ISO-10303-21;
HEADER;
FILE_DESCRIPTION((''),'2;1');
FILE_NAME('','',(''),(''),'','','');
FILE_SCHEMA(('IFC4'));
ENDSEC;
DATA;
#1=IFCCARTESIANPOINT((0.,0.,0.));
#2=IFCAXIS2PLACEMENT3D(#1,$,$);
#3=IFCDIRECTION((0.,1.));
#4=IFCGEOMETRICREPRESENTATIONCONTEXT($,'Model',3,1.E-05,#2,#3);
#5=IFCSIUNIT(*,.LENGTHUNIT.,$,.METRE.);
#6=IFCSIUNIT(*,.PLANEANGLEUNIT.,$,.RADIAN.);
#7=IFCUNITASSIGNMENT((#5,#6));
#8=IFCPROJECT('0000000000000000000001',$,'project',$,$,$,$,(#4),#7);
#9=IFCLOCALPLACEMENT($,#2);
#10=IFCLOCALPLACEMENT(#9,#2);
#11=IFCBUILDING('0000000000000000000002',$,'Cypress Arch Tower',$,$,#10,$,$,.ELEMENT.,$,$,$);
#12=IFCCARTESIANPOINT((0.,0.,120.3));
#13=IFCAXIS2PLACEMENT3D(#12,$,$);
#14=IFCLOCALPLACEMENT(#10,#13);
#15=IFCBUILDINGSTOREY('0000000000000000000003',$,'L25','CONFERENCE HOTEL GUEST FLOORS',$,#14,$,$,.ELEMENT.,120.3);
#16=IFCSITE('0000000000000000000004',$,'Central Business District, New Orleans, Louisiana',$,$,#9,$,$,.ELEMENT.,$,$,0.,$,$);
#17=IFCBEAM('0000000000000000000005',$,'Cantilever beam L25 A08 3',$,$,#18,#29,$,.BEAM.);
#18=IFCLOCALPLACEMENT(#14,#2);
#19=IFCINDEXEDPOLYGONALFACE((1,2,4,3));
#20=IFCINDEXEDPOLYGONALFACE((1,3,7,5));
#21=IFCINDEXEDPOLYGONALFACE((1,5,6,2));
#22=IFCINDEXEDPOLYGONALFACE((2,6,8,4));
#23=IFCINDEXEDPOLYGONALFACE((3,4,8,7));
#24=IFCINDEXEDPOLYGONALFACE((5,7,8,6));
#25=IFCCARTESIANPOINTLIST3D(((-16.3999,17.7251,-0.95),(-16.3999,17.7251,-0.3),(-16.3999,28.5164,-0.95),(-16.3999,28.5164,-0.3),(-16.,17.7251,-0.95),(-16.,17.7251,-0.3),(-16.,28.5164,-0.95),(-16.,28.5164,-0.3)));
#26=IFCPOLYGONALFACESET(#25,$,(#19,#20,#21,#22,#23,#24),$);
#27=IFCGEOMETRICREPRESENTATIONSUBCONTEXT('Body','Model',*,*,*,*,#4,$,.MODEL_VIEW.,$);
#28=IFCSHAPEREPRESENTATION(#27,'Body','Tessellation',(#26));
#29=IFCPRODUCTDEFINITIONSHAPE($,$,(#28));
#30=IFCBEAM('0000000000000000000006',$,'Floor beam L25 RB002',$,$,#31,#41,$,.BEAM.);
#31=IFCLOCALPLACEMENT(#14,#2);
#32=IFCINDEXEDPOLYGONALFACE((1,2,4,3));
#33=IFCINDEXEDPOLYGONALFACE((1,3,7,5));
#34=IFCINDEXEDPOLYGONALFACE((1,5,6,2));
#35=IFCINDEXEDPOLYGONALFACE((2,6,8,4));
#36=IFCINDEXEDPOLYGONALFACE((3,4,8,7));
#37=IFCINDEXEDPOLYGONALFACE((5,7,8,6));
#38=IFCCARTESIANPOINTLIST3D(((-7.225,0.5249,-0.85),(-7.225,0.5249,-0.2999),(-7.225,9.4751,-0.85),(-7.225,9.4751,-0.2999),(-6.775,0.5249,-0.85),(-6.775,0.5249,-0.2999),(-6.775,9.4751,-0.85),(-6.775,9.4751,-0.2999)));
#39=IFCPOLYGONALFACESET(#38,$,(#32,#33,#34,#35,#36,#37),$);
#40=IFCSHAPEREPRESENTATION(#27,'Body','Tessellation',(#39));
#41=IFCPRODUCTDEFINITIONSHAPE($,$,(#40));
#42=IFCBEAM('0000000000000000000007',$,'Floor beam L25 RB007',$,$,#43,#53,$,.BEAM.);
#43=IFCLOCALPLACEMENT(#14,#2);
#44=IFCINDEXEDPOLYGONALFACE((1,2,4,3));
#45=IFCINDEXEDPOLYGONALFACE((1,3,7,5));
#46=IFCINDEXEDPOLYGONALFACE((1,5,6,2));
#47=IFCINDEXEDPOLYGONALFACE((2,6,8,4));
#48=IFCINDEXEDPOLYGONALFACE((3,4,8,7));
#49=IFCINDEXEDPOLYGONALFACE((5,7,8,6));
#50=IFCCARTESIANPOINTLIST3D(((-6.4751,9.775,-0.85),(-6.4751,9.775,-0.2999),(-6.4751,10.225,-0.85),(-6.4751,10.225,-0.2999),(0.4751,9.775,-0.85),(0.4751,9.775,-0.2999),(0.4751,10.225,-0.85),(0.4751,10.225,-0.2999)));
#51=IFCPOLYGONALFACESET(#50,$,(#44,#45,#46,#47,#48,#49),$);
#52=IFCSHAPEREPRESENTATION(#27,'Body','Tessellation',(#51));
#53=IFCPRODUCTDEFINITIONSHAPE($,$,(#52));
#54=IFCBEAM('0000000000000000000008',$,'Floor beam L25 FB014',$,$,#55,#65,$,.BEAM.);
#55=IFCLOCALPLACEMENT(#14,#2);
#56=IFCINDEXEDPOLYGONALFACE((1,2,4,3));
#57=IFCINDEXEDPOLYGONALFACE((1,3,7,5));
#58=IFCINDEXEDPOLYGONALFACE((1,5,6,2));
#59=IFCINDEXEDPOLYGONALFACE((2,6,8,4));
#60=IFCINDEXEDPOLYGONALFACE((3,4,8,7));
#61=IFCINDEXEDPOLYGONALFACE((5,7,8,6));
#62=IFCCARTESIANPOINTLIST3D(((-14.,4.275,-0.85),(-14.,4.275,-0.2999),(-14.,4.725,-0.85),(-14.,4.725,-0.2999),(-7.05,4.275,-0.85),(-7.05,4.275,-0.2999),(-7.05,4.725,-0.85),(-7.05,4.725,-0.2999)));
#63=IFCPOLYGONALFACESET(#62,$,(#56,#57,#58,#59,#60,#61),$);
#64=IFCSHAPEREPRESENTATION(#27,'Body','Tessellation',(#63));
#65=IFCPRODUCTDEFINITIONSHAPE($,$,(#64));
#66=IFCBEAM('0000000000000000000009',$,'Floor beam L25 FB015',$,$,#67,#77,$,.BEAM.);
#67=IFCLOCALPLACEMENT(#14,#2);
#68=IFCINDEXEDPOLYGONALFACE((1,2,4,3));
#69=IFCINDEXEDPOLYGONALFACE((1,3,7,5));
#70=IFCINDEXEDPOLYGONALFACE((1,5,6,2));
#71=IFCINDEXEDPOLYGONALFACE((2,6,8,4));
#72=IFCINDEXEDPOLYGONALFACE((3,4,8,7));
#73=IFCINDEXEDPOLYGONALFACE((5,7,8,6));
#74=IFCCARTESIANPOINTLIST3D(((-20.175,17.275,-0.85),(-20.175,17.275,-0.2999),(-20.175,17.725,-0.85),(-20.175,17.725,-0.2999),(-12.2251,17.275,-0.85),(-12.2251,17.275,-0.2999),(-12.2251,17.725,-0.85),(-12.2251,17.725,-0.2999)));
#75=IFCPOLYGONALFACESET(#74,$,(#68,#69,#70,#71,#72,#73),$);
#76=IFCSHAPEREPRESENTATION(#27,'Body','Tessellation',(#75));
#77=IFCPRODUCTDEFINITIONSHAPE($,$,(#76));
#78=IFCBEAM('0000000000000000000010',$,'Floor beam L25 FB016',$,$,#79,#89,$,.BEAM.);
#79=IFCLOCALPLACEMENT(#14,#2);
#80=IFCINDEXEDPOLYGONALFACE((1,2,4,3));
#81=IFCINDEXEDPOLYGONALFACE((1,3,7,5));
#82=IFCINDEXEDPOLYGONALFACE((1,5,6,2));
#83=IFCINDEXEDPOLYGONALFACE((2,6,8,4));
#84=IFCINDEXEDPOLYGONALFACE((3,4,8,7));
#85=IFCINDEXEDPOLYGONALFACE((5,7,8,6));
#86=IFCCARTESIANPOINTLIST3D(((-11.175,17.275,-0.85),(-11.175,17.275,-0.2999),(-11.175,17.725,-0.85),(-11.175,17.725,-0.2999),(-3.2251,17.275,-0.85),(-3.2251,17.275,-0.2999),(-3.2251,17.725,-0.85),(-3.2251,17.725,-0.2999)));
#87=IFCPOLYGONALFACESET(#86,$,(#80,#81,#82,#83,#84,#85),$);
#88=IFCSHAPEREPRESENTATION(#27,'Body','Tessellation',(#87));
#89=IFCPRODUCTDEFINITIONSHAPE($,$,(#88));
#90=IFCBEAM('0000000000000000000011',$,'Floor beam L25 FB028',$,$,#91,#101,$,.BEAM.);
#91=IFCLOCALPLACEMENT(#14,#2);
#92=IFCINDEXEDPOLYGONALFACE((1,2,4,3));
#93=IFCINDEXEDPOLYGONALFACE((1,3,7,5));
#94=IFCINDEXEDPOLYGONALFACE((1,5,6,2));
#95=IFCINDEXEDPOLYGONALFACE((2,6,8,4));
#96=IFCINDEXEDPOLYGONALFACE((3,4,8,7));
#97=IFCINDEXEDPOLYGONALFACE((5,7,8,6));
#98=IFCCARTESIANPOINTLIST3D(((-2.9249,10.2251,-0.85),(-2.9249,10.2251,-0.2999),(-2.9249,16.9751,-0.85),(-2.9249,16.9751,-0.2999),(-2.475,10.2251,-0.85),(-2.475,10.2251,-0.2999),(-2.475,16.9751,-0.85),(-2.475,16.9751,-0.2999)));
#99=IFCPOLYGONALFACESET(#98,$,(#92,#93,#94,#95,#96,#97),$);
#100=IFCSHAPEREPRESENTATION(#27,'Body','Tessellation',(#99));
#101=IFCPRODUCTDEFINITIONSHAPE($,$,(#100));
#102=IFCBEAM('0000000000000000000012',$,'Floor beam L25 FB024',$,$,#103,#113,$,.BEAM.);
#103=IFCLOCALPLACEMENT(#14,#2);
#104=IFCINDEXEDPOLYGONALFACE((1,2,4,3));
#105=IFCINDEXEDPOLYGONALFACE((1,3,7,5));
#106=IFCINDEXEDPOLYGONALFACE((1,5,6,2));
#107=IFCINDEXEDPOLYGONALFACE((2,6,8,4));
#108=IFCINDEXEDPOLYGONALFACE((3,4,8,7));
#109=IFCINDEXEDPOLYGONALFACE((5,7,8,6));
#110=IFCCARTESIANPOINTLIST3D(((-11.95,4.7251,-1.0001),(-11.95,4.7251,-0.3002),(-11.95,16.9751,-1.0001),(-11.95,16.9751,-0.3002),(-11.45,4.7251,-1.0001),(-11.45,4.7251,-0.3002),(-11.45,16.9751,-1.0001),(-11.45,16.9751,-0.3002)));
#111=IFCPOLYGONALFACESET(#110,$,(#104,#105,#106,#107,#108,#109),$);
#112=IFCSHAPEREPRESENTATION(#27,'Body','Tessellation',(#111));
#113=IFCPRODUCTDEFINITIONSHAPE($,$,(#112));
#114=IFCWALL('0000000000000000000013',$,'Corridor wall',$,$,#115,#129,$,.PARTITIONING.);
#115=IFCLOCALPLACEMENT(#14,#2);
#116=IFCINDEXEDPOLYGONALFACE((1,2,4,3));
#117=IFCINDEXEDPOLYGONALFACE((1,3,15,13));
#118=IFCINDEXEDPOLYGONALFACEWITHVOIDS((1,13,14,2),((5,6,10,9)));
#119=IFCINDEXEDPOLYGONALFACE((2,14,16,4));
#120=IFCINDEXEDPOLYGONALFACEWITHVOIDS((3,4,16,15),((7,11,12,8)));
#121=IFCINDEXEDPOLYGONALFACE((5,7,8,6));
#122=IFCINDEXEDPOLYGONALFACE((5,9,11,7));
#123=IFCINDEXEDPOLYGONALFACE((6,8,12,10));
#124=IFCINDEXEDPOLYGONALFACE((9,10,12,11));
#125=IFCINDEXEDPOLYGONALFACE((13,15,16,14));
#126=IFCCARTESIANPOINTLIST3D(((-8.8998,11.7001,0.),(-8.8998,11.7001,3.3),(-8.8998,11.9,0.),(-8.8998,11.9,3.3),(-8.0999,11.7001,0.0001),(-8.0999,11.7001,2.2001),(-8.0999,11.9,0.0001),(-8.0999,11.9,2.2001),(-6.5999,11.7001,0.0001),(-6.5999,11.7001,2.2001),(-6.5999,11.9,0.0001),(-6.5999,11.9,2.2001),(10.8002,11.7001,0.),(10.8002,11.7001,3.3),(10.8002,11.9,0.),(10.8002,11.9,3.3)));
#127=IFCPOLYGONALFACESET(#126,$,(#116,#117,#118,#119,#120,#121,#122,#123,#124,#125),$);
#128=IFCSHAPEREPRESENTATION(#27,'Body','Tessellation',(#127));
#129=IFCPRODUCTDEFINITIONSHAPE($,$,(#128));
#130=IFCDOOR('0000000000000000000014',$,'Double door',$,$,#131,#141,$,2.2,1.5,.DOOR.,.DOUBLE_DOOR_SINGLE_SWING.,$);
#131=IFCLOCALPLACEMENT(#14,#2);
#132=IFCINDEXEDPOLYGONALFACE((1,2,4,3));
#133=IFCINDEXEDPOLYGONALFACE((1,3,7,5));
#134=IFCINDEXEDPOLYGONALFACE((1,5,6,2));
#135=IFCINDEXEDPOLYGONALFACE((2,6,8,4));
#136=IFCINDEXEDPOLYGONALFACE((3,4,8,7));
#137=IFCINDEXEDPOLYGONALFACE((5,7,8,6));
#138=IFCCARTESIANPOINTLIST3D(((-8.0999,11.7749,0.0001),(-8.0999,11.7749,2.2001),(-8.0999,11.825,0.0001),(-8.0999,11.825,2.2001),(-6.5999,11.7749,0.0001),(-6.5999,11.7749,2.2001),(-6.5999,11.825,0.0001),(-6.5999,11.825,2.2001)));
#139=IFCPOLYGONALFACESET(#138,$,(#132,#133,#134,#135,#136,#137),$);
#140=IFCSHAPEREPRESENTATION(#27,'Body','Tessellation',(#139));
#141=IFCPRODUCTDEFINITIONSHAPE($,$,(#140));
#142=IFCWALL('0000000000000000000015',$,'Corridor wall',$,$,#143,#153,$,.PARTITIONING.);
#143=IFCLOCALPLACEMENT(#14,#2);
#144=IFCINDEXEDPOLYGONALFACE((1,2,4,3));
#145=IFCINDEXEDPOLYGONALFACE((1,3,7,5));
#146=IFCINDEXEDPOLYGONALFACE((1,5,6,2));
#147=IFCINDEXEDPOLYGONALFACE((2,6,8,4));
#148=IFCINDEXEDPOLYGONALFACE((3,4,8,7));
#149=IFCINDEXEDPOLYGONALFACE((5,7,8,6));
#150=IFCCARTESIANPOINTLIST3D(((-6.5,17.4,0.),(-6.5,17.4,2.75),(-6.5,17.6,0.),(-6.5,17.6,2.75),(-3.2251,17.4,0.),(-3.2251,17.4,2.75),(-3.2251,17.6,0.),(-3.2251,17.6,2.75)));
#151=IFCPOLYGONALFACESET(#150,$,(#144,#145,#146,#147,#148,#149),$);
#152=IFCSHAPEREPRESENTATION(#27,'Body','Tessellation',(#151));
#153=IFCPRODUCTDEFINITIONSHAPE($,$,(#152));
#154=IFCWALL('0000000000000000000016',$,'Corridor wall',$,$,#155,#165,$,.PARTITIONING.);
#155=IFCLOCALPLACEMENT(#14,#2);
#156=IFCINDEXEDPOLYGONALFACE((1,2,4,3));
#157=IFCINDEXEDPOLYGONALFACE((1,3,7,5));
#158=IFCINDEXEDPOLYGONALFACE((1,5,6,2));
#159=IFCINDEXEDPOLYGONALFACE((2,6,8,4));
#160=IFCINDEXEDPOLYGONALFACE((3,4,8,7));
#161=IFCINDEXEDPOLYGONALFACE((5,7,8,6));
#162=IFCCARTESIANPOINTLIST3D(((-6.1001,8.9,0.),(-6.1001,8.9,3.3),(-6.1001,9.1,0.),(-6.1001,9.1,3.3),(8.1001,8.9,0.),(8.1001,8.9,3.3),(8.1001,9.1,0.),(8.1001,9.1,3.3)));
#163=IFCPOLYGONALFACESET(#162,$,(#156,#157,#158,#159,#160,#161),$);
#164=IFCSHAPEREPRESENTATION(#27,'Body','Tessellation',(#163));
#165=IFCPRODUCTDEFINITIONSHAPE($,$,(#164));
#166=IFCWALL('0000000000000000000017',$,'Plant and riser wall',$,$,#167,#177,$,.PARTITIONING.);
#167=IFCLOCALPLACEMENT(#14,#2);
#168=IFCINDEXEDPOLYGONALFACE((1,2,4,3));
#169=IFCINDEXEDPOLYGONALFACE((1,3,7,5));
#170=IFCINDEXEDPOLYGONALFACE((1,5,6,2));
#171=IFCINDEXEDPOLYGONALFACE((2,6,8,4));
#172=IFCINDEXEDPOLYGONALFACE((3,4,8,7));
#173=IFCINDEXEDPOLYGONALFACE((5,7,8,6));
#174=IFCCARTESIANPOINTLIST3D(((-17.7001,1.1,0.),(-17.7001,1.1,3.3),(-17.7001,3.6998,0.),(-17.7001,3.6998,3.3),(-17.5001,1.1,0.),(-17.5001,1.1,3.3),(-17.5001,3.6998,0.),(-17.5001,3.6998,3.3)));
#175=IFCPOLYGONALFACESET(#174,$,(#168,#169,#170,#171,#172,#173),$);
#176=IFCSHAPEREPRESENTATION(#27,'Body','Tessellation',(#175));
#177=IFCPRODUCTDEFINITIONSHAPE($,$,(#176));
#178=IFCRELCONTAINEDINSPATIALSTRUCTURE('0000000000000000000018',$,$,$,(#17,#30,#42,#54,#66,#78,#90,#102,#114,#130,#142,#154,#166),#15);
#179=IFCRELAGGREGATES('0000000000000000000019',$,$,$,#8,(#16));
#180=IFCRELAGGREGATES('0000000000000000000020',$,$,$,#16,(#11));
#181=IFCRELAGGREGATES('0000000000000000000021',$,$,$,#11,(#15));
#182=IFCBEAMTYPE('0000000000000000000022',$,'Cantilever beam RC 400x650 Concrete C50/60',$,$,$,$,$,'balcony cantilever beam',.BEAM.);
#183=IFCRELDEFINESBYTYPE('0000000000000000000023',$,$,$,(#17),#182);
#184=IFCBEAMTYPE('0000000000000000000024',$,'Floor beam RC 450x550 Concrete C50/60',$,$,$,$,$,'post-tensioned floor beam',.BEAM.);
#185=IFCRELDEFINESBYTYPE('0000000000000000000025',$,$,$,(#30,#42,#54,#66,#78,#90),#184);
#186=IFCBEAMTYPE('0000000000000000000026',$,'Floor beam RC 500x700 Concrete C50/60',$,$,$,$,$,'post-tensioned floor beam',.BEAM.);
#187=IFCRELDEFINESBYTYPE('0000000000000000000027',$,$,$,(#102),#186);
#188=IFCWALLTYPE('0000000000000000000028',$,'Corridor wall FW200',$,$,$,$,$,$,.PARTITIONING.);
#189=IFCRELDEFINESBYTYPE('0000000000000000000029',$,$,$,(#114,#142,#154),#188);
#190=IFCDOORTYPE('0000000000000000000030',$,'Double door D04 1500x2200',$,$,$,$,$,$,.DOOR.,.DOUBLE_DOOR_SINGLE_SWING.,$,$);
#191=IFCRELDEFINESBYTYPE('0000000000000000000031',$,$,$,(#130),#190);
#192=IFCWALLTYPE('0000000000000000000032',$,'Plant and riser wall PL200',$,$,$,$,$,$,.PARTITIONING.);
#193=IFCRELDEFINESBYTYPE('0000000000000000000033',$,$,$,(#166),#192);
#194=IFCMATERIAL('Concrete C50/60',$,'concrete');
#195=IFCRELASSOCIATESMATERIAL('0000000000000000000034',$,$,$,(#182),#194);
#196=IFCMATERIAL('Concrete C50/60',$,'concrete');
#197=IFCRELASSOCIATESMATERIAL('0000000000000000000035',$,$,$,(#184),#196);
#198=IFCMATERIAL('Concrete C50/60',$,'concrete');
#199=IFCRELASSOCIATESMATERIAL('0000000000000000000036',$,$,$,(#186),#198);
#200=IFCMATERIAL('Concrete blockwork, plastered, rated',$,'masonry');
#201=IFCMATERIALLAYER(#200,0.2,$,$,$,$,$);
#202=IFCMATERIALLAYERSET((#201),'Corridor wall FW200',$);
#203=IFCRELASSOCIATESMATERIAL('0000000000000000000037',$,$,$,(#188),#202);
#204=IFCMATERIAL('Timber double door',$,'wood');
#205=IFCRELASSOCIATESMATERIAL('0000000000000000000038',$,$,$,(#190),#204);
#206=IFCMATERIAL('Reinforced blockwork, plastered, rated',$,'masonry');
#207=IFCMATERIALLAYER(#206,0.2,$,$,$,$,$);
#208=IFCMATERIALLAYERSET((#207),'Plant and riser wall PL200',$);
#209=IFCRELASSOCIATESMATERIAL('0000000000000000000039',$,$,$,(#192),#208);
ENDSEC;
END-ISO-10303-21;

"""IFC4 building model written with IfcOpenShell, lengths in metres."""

from ifc_helpers import new_model, si_unit, direction, frame, frame_2d, origin, origin_2d, place, context, subcontext, project, spatial, rectangle, extrude, material, layer, layer_set, material_profile, profile_set, type_object, element, fill, save


model = new_model("IFC4")

# Units and contexts
model_context = context("Model", 3, precision=1e-05, world=origin(), true_north=direction((0.0, 1.0)))
body_context = subcontext(model_context, "Body", "Model", "MODEL_VIEW")
ifc_project = project(units=[si_unit("LENGTHUNIT", "METRE"), si_unit("PLANEANGLEUNIT", "RADIAN")], contexts=[model_context])

# Site, building, storey
site_placement = place(None, origin())
site = spatial("IfcSite", under=ifc_project, at=site_placement, Name="Central Business District, New Orleans, Louisiana", CompositionType="ELEMENT", RefElevation=0.0)
building_placement = place(site_placement, origin())
building = spatial("IfcBuilding", under=site, at=building_placement, Name="Cypress Arch Tower", CompositionType="ELEMENT")
storey_placement = place(building_placement, frame((0.0, 0.0, 120.3)))
storey = spatial("IfcBuildingStorey", under=building, at=storey_placement, Name="L25", Description="CONFERENCE HOTEL GUEST FLOORS", CompositionType="ELEMENT", Elevation=120.3)

# Beams
ifc_material_1 = material(Name="Concrete C50/60", Category="concrete")
ifc_material_profile_1 = material_profile(ifc_material_1, rectangle(XDim=0.3999, YDim=0.6499, at=origin_2d()), Name="RC 400x650")
ifc_profile_set_1 = profile_set([ifc_material_profile_1], Name="Concrete C50/60")
beam_type_1 = type_object("IfcBeamType", Name="Cantilever beam RC 400x650 Concrete C50/60", ElementType="balcony cantilever beam", PredefinedType="BEAM", material=ifc_profile_set_1)
beam_1_placement = place(storey_placement, frame((-16.2, 17.7251, -0.625), z_axis=(0.0, 1.0, 0.0), x_axis=(-1.0, 0.0, 0.0)))
element("IfcBeam", 1, at=beam_1_placement, inside=storey, type_object=beam_type_1, Name="Cantilever beam L25 A08 3", PredefinedType="BEAM", context=body_context, shape_type="SweptSolid", body=[
    extrude(rectangle(XDim=0.3999, YDim=0.6499, at=origin_2d()), origin(), (0.0, 0.0, 1.0), 10.7913),
])
ifc_material_2 = material(Name="Concrete C50/60", Category="concrete")
ifc_material_profile_2 = material_profile(ifc_material_2, rectangle(XDim=0.45, YDim=0.55, at=origin_2d()), Name="RC 450x550")
ifc_profile_set_2 = profile_set([ifc_material_profile_2], Name="Concrete C50/60")
beam_type_2 = type_object("IfcBeamType", Name="Floor beam RC 450x550 Concrete C50/60", ElementType="post-tensioned floor beam", PredefinedType="BEAM", material=ifc_profile_set_2)
beam_2_placement = place(storey_placement, frame((-7.0, 0.5249, -0.575), z_axis=(0.0, 1.0, 0.0), x_axis=(-1.0, 0.0, 0.0)))
element("IfcBeam", 2, at=beam_2_placement, inside=storey, type_object=beam_type_2, Name="Floor beam L25 RB002", PredefinedType="BEAM", context=body_context, shape_type="SweptSolid", body=[
    extrude(rectangle(XDim=0.45, YDim=0.55, at=origin_2d()), origin(), (0.0, 0.0, 1.0), 8.9502),
])
beam_3_placement = place(storey_placement, frame((-6.4751, 10.0, -0.575), z_axis=(1.0, 0.0, 0.0), x_axis=(0.0, 1.0, 0.0)))
element("IfcBeam", 3, at=beam_3_placement, inside=storey, type_object=beam_type_2, Name="Floor beam L25 RB007", PredefinedType="BEAM", context=body_context, shape_type="SweptSolid", body=[
    extrude(rectangle(XDim=0.45, YDim=0.55, at=origin_2d()), origin(), (0.0, 0.0, 1.0), 6.9502),
])
beam_4_placement = place(storey_placement, frame((-14.0, 4.5, -0.575), z_axis=(1.0, 0.0, 0.0), x_axis=(0.0, 1.0, 0.0)))
element("IfcBeam", 4, at=beam_4_placement, inside=storey, type_object=beam_type_2, Name="Floor beam L25 FB014", PredefinedType="BEAM", context=body_context, shape_type="SweptSolid", body=[
    extrude(rectangle(XDim=0.45, YDim=0.55, at=origin_2d()), origin(), (0.0, 0.0, 1.0), 6.95),
])
for number, where, z_axis, x_axis, name in (
    (5, (-20.175, 17.5, -0.575), (1.0, 0.0, 0.0), (0.0, 1.0, 0.0), "Floor beam L25 FB015"),
    (6, (-11.175, 17.5, -0.575), (1.0, 0.0, 0.0), (0.0, 1.0, 0.0), "Floor beam L25 FB016"),
):
    element("IfcBeam", number, at=place(storey_placement, frame(where, z_axis=z_axis, x_axis=x_axis)), inside=storey, type_object=beam_type_2, Name=name, PredefinedType="BEAM", context=body_context, shape_type="SweptSolid", body=[
        extrude(rectangle(XDim=0.45, YDim=0.55, at=origin_2d()), origin(), (0.0, 0.0, 1.0), 7.95),
    ])
beam_5_placement = place(storey_placement, frame((-2.7, 10.2251, -0.575), z_axis=(0.0, 1.0, 0.0), x_axis=(-1.0, 0.0, 0.0)))
element("IfcBeam", 7, at=beam_5_placement, inside=storey, type_object=beam_type_2, Name="Floor beam L25 FB028", PredefinedType="BEAM", context=body_context, shape_type="SweptSolid", body=[
    extrude(rectangle(XDim=0.45, YDim=0.55, at=origin_2d()), origin(), (0.0, 0.0, 1.0), 6.75),
])
ifc_material_3 = material(Name="Concrete C50/60", Category="concrete")
ifc_material_profile_3 = material_profile(ifc_material_3, rectangle(XDim=0.5, YDim=0.7, at=origin_2d()), Name="RC 500x700")
ifc_profile_set_3 = profile_set([ifc_material_profile_3], Name="Concrete C50/60")
beam_type_3 = type_object("IfcBeamType", Name="Floor beam RC 500x700 Concrete C50/60", ElementType="post-tensioned floor beam", PredefinedType="BEAM", material=ifc_profile_set_3)
beam_6_placement = place(storey_placement, frame((-11.7, 4.7251, -0.6501), z_axis=(0.0, 1.0, 0.0), x_axis=(-1.0, 0.0, 0.0)))
element("IfcBeam", 8, at=beam_6_placement, inside=storey, type_object=beam_type_3, Name="Floor beam L25 FB024", PredefinedType="BEAM", context=body_context, shape_type="SweptSolid", body=[
    extrude(rectangle(XDim=0.5, YDim=0.7, at=origin_2d()), origin(), (0.0, 0.0, 1.0), 12.25),
])

# Shared definitions
ifc_material_4 = material(Name="Concrete blockwork, plastered, rated", Category="masonry")
ifc_layer_1 = layer(ifc_material_4, 0.2)
ifc_layer_set_1 = layer_set([ifc_layer_1], Name="Corridor wall FW200")
wall_type_1 = type_object("IfcWallType", Name="Corridor wall FW200", PredefinedType="PARTITIONING", material=ifc_layer_set_1)

# Wall, opening, door
wall_1_placement = place(storey_placement, frame((-8.8999, 11.8, 0.0), z_axis=(0.0, 0.0, 1.0), x_axis=(1.0, 0.0, 0.0)))
wall_1 = element("IfcWall", 9, at=wall_1_placement, inside=storey, type_object=wall_type_1, Name="Corridor wall", PredefinedType="PARTITIONING", context=body_context, shape_type="SweptSolid", body=[
    extrude(rectangle(XDim=19.7, YDim=0.2, at=frame_2d((9.8501, 0.0))), origin(), (0.0, 0.0, 1.0), 3.3),
])
opening_1_placement = place(wall_1_placement, frame((0.8, 0.0, 0.0)))
opening_1 = element("IfcOpeningElement", 10, at=opening_1_placement, cuts=wall_1, PredefinedType="OPENING", context=body_context, shape_type="SweptSolid", body=[
    extrude(rectangle(XDim=1.5, YDim=2.2, at=frame_2d((0.75, 1.1001))), frame((0.0, 0.1099, 0.0), z_axis=(0.0, -1.0, 0.0), x_axis=(1.0, 0.0, 0.0)), (0.0, 0.0, 1.0), 0.22),
])
ifc_material_5 = material(Name="Timber double door", Category="wood")
door_type_1 = type_object("IfcDoorType", Name="Double door D04 1500x2200", OperationType="DOUBLE_DOOR_SINGLE_SWING", PredefinedType="DOOR", material=ifc_material_5)
door_1_placement = place(opening_1_placement, origin())
door_1 = element("IfcDoor", 11, at=door_1_placement, inside=storey, type_object=door_type_1, Name="Double door", OperationType="DOUBLE_DOOR_SINGLE_SWING", OverallHeight=2.2, OverallWidth=1.5, PredefinedType="DOOR", context=body_context, shape_type="SweptSolid", body=[
    extrude(rectangle(XDim=1.5, YDim=2.2, at=frame_2d((0.75, 1.1001))), frame((0.0, 0.0249, 0.0), z_axis=(0.0, -1.0, 0.0), x_axis=(1.0, 0.0, 0.0)), (0.0, 0.0, 1.0), 0.05),
])
fill(opening_1, door_1)

# Walls
wall_2_placement = place(storey_placement, frame((-6.5, 17.5, 0.0), z_axis=(0.0, 0.0, 1.0), x_axis=(1.0, 0.0, 0.0)))
element("IfcWall", 12, at=wall_2_placement, inside=storey, type_object=wall_type_1, Name="Corridor wall", PredefinedType="PARTITIONING", context=body_context, shape_type="SweptSolid", body=[
    extrude(rectangle(XDim=3.2749, YDim=0.2, at=frame_2d((1.6375, 0.0))), origin(), (0.0, 0.0, 1.0), 2.75),
])
wall_3_placement = place(storey_placement, frame((-6.1001, 9.0, 0.0), z_axis=(0.0, 0.0, 1.0), x_axis=(1.0, 0.0, 0.0)))
element("IfcWall", 13, at=wall_3_placement, inside=storey, type_object=wall_type_1, Name="Corridor wall", PredefinedType="PARTITIONING", context=body_context, shape_type="SweptSolid", body=[
    extrude(rectangle(XDim=14.2002, YDim=0.2, at=frame_2d((7.1001, 0.0))), origin(), (0.0, 0.0, 1.0), 3.3),
])
ifc_material_6 = material(Name="Reinforced blockwork, plastered, rated", Category="masonry")
ifc_layer_2 = layer(ifc_material_6, 0.2)
ifc_layer_set_2 = layer_set([ifc_layer_2], Name="Plant and riser wall PL200")
wall_type_2 = type_object("IfcWallType", Name="Plant and riser wall PL200", PredefinedType="PARTITIONING", material=ifc_layer_set_2)
wall_4_placement = place(storey_placement, frame((-17.6001, 1.1001, 0.0), z_axis=(0.0, 0.0, 1.0), x_axis=(0.0, 1.0, 0.0)))
element("IfcWall", 14, at=wall_4_placement, inside=storey, type_object=wall_type_2, Name="Plant and riser wall", PredefinedType="PARTITIONING", context=body_context, shape_type="SweptSolid", body=[
    extrude(rectangle(XDim=2.5999, YDim=0.2, at=frame_2d((1.2998, 0.0))), origin(), (0.0, 0.0, 1.0), 3.3),
])

save(model, "model.ifc")
